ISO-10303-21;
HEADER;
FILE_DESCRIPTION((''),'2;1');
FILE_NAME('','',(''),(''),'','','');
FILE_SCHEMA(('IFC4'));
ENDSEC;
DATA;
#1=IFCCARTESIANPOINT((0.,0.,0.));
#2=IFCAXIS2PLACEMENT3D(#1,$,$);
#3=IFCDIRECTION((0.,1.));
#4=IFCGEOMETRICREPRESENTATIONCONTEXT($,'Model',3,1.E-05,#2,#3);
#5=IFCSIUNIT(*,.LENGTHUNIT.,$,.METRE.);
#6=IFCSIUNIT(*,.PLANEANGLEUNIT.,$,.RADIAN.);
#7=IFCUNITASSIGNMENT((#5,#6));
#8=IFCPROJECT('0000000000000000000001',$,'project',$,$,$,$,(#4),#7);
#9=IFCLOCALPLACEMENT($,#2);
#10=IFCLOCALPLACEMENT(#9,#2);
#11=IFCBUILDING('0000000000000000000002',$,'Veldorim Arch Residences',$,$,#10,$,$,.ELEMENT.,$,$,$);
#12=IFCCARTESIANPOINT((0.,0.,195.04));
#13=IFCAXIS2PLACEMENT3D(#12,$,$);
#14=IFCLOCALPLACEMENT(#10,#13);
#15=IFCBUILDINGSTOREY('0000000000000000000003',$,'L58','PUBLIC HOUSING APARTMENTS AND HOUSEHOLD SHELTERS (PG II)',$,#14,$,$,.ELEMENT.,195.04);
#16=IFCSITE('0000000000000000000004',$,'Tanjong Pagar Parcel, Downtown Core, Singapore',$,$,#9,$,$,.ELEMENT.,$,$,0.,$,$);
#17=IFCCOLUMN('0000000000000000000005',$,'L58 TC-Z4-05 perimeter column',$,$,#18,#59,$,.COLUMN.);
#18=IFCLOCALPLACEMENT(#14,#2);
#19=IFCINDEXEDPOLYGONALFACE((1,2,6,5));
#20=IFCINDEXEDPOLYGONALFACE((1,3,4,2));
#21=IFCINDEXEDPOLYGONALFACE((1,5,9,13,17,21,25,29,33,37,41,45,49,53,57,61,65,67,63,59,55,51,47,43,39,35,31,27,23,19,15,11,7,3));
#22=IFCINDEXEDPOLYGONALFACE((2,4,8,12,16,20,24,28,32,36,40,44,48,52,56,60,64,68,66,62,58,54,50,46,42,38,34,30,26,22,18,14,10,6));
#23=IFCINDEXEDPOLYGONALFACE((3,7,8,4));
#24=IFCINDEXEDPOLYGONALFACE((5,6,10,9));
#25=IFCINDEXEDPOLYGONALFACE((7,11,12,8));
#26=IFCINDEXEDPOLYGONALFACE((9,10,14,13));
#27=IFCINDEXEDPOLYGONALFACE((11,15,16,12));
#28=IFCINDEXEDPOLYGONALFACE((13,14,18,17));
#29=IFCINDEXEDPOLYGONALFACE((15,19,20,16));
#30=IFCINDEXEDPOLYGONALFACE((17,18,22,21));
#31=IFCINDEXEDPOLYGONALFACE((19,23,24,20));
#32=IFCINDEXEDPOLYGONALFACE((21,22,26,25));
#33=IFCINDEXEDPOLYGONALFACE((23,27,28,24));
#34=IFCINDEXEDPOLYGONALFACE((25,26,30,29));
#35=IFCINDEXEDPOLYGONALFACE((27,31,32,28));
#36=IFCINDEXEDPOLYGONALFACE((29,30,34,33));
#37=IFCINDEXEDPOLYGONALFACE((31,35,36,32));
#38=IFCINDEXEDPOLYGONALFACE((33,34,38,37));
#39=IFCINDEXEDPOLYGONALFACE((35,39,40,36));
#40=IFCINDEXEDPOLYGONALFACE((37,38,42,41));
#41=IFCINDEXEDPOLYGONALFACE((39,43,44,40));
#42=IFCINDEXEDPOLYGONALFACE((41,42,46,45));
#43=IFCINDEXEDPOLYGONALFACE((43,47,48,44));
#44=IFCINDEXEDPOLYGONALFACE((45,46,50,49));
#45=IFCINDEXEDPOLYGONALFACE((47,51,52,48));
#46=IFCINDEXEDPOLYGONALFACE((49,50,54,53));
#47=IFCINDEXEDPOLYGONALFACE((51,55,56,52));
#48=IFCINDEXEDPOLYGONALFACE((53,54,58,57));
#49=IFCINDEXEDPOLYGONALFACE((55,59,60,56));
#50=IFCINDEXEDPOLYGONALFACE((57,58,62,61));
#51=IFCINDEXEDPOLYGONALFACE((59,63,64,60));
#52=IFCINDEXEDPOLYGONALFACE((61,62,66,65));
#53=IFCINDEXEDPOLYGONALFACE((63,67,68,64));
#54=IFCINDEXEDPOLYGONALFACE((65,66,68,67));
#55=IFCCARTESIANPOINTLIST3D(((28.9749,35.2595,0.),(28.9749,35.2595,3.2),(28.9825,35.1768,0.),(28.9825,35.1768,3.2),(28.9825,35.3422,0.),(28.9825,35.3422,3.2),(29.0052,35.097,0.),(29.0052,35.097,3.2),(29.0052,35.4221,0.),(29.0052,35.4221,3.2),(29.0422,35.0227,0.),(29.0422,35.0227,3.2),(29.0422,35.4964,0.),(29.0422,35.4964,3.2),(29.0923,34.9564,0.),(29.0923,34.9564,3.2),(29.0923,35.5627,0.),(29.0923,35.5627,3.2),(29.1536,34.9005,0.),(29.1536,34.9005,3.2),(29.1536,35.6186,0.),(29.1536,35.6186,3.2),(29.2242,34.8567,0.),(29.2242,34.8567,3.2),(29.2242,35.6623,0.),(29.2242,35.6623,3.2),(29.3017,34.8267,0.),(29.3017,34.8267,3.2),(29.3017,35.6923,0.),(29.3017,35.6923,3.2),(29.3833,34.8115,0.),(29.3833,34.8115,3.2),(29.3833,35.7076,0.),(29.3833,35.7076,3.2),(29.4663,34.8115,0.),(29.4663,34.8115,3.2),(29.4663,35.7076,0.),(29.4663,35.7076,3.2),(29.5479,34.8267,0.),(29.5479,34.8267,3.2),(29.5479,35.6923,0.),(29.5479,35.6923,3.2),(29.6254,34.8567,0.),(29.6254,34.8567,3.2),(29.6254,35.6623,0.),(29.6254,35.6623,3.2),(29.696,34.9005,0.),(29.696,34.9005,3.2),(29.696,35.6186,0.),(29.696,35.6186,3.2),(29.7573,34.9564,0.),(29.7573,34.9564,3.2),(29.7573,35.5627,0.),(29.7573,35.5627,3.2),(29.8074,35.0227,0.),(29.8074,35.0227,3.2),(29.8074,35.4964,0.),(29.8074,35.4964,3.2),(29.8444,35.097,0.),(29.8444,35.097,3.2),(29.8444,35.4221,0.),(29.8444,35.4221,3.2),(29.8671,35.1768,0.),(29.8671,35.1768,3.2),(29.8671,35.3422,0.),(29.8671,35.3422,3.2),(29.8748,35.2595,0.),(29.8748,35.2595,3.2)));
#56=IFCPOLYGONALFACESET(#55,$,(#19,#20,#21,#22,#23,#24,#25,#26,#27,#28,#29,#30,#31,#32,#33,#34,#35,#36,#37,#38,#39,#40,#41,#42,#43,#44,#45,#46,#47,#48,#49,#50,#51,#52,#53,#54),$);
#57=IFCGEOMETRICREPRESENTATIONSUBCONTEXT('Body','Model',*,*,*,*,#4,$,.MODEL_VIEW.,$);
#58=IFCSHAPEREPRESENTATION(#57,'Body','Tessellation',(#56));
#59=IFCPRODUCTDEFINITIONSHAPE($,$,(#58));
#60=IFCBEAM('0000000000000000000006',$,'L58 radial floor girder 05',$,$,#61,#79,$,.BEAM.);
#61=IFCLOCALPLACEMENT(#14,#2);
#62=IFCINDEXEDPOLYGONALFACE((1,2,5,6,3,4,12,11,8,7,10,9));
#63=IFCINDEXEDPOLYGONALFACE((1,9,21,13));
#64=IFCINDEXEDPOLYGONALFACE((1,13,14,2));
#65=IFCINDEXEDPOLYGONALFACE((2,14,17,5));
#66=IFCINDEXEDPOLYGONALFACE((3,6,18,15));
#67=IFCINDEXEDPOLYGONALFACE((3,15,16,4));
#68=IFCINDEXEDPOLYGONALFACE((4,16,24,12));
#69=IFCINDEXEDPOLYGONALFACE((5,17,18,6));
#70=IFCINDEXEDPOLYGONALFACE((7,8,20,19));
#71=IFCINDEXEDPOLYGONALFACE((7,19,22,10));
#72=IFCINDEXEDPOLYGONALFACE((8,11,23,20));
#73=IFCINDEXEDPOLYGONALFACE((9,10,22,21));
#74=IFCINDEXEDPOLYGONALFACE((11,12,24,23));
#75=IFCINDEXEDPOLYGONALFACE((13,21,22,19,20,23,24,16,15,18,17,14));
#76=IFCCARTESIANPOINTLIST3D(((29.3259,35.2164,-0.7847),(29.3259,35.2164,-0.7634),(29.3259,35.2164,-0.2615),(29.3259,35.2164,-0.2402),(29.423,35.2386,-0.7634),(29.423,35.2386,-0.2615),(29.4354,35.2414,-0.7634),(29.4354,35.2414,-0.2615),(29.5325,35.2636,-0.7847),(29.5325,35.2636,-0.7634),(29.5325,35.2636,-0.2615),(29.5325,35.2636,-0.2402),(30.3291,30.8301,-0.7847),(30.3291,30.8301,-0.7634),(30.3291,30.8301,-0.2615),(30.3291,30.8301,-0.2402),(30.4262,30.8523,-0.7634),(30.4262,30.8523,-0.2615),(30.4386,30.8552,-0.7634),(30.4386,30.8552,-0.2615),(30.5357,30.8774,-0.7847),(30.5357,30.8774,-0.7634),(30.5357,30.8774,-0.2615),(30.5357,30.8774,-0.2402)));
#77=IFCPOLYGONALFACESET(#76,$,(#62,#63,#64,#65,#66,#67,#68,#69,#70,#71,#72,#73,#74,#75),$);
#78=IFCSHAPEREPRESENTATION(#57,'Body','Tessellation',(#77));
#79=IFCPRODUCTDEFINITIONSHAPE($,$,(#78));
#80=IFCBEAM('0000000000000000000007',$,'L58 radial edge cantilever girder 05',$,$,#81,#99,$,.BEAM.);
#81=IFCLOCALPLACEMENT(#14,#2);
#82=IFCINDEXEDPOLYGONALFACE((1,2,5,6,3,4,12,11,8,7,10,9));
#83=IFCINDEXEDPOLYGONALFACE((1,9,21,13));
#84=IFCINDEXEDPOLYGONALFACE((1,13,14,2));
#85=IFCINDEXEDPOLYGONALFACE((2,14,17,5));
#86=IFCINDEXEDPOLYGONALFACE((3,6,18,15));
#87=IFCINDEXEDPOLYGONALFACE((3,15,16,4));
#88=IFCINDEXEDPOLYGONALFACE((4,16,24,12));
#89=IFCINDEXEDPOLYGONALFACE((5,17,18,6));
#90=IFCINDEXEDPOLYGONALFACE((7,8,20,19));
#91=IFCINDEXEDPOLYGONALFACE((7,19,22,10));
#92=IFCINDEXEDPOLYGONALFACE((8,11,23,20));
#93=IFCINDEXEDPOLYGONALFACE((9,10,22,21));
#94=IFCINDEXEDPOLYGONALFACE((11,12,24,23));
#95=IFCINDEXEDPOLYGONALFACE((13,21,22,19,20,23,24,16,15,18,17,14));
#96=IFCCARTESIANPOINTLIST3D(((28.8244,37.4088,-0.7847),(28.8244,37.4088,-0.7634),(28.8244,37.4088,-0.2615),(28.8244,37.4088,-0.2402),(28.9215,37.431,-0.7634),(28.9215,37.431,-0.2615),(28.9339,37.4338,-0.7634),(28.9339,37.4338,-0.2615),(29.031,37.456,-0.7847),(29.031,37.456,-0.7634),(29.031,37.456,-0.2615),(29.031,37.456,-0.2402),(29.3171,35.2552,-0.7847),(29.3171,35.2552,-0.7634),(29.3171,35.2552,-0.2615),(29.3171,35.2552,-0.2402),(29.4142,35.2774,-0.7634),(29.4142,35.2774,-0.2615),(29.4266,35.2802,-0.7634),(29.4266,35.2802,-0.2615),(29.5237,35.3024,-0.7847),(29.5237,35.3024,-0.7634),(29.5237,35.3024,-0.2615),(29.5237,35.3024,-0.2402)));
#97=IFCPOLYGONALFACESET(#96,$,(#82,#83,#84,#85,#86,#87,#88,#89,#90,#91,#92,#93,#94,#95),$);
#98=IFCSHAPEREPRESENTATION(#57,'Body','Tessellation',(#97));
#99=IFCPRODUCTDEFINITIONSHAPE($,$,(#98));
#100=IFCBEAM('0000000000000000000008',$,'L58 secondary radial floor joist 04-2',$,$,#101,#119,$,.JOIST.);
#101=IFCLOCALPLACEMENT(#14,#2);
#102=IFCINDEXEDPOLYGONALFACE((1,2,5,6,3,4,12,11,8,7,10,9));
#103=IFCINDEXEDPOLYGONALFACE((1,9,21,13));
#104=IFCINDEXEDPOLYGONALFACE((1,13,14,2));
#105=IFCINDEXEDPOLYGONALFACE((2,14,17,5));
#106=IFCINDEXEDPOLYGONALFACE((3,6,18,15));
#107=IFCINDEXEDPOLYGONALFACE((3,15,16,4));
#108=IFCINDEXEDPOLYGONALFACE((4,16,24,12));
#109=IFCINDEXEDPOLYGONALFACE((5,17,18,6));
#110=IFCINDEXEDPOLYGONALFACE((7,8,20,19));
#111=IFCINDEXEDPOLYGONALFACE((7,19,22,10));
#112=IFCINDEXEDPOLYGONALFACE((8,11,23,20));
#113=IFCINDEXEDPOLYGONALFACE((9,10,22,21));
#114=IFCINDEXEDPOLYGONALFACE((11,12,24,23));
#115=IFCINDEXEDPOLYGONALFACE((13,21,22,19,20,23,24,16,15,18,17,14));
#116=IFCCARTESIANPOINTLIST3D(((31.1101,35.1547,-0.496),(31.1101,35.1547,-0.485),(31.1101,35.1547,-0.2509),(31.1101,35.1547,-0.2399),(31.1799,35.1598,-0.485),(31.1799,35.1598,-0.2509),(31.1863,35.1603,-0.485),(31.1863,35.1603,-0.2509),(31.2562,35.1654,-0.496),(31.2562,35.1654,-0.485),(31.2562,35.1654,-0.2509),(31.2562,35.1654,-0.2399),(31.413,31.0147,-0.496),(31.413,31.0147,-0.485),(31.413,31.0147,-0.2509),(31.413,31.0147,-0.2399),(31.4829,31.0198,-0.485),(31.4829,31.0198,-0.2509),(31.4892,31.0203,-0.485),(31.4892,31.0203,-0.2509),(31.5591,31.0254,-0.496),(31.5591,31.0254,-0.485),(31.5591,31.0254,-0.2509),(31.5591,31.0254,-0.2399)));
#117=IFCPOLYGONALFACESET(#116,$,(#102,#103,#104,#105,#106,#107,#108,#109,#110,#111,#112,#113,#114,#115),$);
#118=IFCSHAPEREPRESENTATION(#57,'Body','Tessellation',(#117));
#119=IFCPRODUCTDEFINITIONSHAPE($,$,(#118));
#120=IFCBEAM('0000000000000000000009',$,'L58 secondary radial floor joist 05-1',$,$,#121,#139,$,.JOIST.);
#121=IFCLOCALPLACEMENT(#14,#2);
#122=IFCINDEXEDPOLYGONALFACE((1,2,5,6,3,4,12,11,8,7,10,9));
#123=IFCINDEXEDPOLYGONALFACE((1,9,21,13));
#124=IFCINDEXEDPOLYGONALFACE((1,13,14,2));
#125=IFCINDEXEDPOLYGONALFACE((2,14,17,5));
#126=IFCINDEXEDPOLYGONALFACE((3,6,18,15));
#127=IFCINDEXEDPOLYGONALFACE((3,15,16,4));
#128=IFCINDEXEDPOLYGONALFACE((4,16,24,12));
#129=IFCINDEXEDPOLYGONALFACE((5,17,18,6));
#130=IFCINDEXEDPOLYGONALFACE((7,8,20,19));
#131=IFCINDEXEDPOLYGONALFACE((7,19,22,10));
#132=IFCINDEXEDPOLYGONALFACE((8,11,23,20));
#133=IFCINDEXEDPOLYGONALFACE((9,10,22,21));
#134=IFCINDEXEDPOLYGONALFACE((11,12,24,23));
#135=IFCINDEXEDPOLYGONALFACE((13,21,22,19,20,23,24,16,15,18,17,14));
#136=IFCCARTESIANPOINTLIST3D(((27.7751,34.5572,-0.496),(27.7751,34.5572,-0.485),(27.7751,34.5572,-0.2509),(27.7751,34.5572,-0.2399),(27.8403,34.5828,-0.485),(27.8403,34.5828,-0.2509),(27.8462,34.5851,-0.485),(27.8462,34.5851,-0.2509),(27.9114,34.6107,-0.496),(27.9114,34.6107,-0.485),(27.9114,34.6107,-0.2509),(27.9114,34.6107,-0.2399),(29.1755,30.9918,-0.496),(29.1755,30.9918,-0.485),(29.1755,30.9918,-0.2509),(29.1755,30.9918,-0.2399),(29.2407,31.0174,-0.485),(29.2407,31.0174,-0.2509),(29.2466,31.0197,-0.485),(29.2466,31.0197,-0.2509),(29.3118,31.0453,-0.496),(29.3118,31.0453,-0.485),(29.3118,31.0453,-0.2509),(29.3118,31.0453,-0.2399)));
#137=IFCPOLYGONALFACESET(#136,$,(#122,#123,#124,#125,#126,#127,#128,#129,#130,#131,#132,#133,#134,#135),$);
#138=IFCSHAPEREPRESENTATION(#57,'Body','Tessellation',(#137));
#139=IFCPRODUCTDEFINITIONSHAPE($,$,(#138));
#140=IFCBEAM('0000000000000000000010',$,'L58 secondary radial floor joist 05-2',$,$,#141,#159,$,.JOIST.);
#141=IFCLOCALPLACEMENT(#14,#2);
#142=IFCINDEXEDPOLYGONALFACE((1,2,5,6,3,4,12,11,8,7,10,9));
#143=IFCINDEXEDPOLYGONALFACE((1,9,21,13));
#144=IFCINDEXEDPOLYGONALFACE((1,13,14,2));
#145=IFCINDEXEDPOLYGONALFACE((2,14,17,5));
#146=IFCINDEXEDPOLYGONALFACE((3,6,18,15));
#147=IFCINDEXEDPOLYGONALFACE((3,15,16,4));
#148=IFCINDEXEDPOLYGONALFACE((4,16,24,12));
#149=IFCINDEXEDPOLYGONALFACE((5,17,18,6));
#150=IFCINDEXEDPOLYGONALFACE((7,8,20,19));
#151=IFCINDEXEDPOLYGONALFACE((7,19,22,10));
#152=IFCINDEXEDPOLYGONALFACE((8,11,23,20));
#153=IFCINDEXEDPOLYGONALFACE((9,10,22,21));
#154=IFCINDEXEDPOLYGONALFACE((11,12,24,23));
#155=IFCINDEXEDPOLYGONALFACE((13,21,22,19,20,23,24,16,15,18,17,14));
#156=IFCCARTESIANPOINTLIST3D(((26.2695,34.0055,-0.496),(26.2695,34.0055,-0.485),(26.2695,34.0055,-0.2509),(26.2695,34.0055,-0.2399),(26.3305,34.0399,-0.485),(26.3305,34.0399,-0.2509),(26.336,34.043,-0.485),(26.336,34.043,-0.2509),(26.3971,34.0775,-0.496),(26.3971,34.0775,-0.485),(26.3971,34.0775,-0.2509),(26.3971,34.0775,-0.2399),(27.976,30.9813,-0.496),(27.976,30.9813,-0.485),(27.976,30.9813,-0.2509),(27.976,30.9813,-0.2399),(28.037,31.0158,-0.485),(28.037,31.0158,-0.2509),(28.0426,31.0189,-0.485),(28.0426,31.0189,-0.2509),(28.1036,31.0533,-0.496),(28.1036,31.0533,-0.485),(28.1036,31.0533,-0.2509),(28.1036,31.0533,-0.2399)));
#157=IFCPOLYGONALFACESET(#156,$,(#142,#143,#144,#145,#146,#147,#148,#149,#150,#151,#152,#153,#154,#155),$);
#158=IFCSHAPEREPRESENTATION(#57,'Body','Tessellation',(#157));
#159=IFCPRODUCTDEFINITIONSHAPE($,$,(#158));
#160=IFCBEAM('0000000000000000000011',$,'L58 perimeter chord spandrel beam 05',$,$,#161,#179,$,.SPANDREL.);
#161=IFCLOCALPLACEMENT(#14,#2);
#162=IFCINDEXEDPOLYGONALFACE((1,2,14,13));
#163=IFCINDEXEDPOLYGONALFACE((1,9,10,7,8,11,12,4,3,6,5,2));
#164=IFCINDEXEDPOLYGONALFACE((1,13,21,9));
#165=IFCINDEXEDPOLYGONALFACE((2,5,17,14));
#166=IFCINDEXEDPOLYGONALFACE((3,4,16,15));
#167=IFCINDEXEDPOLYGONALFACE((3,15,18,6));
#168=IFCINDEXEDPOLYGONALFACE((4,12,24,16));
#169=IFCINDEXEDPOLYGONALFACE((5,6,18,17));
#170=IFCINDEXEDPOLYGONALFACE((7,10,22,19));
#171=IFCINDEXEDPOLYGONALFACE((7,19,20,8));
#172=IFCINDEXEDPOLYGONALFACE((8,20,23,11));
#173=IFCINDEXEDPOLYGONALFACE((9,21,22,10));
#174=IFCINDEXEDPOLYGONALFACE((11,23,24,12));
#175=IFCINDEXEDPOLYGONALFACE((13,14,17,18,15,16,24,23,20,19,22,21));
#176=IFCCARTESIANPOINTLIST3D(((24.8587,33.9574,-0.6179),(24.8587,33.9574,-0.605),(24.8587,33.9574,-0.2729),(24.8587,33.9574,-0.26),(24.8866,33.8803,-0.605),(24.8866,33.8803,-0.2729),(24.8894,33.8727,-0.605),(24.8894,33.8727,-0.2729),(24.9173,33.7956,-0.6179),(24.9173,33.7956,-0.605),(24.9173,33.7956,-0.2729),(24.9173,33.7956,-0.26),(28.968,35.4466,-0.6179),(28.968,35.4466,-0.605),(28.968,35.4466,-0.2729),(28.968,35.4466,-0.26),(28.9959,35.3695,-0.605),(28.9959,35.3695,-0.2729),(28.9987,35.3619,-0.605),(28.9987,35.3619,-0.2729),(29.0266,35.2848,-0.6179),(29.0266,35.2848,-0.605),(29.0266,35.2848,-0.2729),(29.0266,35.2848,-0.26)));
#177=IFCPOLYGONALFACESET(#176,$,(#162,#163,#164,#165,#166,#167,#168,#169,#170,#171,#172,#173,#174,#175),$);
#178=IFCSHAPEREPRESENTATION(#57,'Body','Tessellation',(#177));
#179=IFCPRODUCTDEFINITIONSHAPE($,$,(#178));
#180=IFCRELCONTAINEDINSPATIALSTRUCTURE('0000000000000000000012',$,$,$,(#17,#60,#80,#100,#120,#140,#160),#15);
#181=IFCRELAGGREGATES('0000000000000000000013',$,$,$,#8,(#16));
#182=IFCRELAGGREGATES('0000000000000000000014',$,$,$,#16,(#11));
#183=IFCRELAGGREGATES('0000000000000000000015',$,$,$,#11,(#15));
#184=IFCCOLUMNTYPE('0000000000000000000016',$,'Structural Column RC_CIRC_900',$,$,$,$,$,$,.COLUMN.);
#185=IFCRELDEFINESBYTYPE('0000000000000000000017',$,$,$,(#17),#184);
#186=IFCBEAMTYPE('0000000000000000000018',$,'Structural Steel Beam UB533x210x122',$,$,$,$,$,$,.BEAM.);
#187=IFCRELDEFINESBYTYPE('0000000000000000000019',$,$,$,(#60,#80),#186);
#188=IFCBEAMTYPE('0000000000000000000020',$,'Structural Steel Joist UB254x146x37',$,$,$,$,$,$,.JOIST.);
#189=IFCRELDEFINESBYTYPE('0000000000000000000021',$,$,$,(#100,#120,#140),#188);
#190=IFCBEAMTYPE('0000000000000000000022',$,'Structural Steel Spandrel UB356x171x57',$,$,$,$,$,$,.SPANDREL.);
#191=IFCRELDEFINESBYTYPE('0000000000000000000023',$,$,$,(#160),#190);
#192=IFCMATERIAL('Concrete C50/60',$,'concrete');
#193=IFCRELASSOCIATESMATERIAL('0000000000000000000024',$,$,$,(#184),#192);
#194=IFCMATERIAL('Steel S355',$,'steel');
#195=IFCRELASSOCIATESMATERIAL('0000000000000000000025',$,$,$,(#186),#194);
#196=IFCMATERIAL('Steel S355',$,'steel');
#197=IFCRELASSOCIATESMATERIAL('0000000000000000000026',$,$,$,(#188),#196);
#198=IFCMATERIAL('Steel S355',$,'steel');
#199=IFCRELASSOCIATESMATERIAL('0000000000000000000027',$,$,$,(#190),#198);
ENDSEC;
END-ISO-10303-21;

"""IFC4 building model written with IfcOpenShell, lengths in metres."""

from ifc_helpers import new_model, si_unit, direction, frame, origin, origin_2d, place, context, subcontext, project, spatial, circle, i_section, extrude, material, material_profile, profile_set, type_object, element, save


model = new_model("IFC4")

# Units and contexts
model_context = context("Model", 3, precision=1e-05, world=origin(), true_north=direction((0.0, 1.0)))
body_context = subcontext(model_context, "Body", "Model", "MODEL_VIEW")
ifc_project = project(units=[si_unit("LENGTHUNIT", "METRE"), si_unit("PLANEANGLEUNIT", "RADIAN")], contexts=[model_context])

# Site, building, storey
site_placement = place(None, origin())
site = spatial("IfcSite", under=ifc_project, at=site_placement, Name="Tanjong Pagar Parcel, Downtown Core, Singapore", CompositionType="ELEMENT", RefElevation=0.0)
building_placement = place(site_placement, origin())
building = spatial("IfcBuilding", under=site, at=building_placement, Name="Veldorim Arch Residences", CompositionType="ELEMENT")
storey_placement = place(building_placement, frame((0.0, 0.0, 195.04)))
storey = spatial("IfcBuildingStorey", under=building, at=storey_placement, Name="L58", Description="PUBLIC HOUSING APARTMENTS AND HOUSEHOLD SHELTERS (PG II)", CompositionType="ELEMENT", Elevation=195.04)

# Column
ifc_material_1 = material(Name="Concrete C50/60", Category="concrete")
ifc_material_profile_1 = material_profile(ifc_material_1, circle(Radius=0.45, at=origin_2d()), Name="RC_CIRC_900")
ifc_profile_set_1 = profile_set([ifc_material_profile_1], Name="Concrete C50/60")
column_type = type_object("IfcColumnType", Name="Structural Column RC_CIRC_900", PredefinedType="COLUMN", material=ifc_profile_set_1)
column_placement = place(storey_placement, frame((29.4248, 35.2595, 0.0), z_axis=(0.0, 0.0, 1.0), x_axis=(1.0, 0.0, 0.0)))
element("IfcColumn", 1, at=column_placement, inside=storey, type_object=column_type, Name="L58 TC-Z4-05 perimeter column", PredefinedType="COLUMN", context=body_context, shape_type="SweptSolid", body=[
    extrude(circle(Radius=0.45, at=origin_2d()), origin(), (0.0, 0.0, 1.0), 3.2),
])

# Beams
ifc_material_2 = material(Name="Steel S355", Category="steel")
ifc_material_profile_2 = material_profile(ifc_material_2, i_section(OverallWidth=0.2119, OverallDepth=0.5444, WebThickness=0.0127, FlangeThickness=0.0212, at=origin_2d()), Name="UB533x210x122")
ifc_profile_set_2 = profile_set([ifc_material_profile_2], Name="Steel S355")
beam_type_1 = type_object("IfcBeamType", Name="Structural Steel Beam UB533x210x122", PredefinedType="BEAM", material=ifc_profile_set_2)
beam_1_placement = place(storey_placement, frame((30.4324, 30.8538, -0.5125), z_axis=(-0.222953, 0.974829, 0.0), x_axis=(-0.974829, -0.222953, 0.0)))
element("IfcBeam", 2, at=beam_1_placement, inside=storey, type_object=beam_type_1, Name="L58 radial floor girder 05", PredefinedType="BEAM", context=body_context, shape_type="SweptSolid", body=[
    extrude(i_section(OverallWidth=0.2119, OverallDepth=0.5444, WebThickness=0.0127, FlangeThickness=0.0212, at=origin_2d()), origin(), (0.0, 0.0, 1.0), 4.4995),
])
beam_2_placement = place(storey_placement, frame((29.4204, 35.2788, -0.5125), z_axis=(-0.223011, 0.974816, 0.0), x_axis=(-0.974816, -0.223011, 0.0)))
element("IfcBeam", 3, at=beam_2_placement, inside=storey, type_object=beam_type_1, Name="L58 radial edge cantilever girder 05", PredefinedType="BEAM", context=body_context, shape_type="SweptSolid", body=[
    extrude(i_section(OverallWidth=0.2119, OverallDepth=0.5444, WebThickness=0.0127, FlangeThickness=0.0212, at=origin_2d()), origin(), (0.0, 0.0, 1.0), 2.2092),
])
ifc_material_3 = material(Name="Steel S355", Category="steel")
ifc_material_profile_3 = material_profile(ifc_material_3, i_section(OverallWidth=0.1465, OverallDepth=0.2561, WebThickness=0.0063, FlangeThickness=0.011, at=origin_2d()), Name="UB254x146x37")
ifc_profile_set_3 = profile_set([ifc_material_profile_3], Name="Steel S355")
beam_type_2 = type_object("IfcBeamType", Name="Structural Steel Joist UB254x146x37", PredefinedType="JOIST", material=ifc_profile_set_3)
beam_3_placement = place(storey_placement, frame((31.4861, 31.02, -0.3679), z_axis=(-0.072986, 0.997333, 0.0), x_axis=(-0.997333, -0.072986, 0.0)))
element("IfcBeam", 4, at=beam_3_placement, inside=storey, type_object=beam_type_2, Name="L58 secondary radial floor joist 04-2", PredefinedType="JOIST", context=body_context, shape_type="SweptSolid", body=[
    extrude(i_section(OverallWidth=0.1465, OverallDepth=0.2561, WebThickness=0.0063, FlangeThickness=0.011, at=origin_2d()), origin(), (0.0, 0.0, 1.0), 4.1511),
])
beam_4_placement = place(storey_placement, frame((29.2437, 31.0186, -0.3679), z_axis=(-0.365581, 0.930779, 0.0), x_axis=(-0.930779, -0.365581, 0.0)))
element("IfcBeam", 5, at=beam_4_placement, inside=storey, type_object=beam_type_2, Name="L58 secondary radial floor joist 05-1", PredefinedType="JOIST", context=body_context, shape_type="SweptSolid", body=[
    extrude(i_section(OverallWidth=0.1465, OverallDepth=0.2561, WebThickness=0.0063, FlangeThickness=0.011, at=origin_2d()), origin(), (0.0, 0.0, 1.0), 3.8306),
])
beam_5_placement = place(storey_placement, frame((28.0398, 31.0173, -0.3679), z_axis=(-0.491452, 0.870904, 0.0), x_axis=(-0.870904, -0.491452, 0.0)))
element("IfcBeam", 6, at=beam_5_placement, inside=storey, type_object=beam_type_2, Name="L58 secondary radial floor joist 05-2", PredefinedType="JOIST", context=body_context, shape_type="SweptSolid", body=[
    extrude(i_section(OverallWidth=0.1465, OverallDepth=0.2561, WebThickness=0.0063, FlangeThickness=0.011, at=origin_2d()), origin(), (0.0, 0.0, 1.0), 3.4724),
])
ifc_material_4 = material(Name="Steel S355", Category="steel")
ifc_material_profile_4 = material_profile(ifc_material_4, i_section(OverallWidth=0.1721, OverallDepth=0.3579, WebThickness=0.0081, FlangeThickness=0.0129, at=origin_2d()), Name="UB356x171x57")
ifc_profile_set_4 = profile_set([ifc_material_profile_4], Name="Steel S355")
beam_type_3 = type_object("IfcBeamType", Name="Structural Steel Spandrel UB356x171x57", PredefinedType="SPANDREL", material=ifc_profile_set_4)
beam_6_placement = place(storey_placement, frame((28.9973, 35.3657, -0.439), z_axis=(-0.940165, -0.34072, 0.0), x_axis=(0.34072, -0.940165, 0.0)))
element("IfcBeam", 7, at=beam_6_placement, inside=storey, type_object=beam_type_3, Name="L58 perimeter chord spandrel beam 05", PredefinedType="SPANDREL", context=body_context, shape_type="SweptSolid", body=[
    extrude(i_section(OverallWidth=0.1721, OverallDepth=0.3579, WebThickness=0.0081, FlangeThickness=0.0129, at=origin_2d()), origin(), (0.0, 0.0, 1.0), 4.3708),
])

save(model, "model.ifc")
